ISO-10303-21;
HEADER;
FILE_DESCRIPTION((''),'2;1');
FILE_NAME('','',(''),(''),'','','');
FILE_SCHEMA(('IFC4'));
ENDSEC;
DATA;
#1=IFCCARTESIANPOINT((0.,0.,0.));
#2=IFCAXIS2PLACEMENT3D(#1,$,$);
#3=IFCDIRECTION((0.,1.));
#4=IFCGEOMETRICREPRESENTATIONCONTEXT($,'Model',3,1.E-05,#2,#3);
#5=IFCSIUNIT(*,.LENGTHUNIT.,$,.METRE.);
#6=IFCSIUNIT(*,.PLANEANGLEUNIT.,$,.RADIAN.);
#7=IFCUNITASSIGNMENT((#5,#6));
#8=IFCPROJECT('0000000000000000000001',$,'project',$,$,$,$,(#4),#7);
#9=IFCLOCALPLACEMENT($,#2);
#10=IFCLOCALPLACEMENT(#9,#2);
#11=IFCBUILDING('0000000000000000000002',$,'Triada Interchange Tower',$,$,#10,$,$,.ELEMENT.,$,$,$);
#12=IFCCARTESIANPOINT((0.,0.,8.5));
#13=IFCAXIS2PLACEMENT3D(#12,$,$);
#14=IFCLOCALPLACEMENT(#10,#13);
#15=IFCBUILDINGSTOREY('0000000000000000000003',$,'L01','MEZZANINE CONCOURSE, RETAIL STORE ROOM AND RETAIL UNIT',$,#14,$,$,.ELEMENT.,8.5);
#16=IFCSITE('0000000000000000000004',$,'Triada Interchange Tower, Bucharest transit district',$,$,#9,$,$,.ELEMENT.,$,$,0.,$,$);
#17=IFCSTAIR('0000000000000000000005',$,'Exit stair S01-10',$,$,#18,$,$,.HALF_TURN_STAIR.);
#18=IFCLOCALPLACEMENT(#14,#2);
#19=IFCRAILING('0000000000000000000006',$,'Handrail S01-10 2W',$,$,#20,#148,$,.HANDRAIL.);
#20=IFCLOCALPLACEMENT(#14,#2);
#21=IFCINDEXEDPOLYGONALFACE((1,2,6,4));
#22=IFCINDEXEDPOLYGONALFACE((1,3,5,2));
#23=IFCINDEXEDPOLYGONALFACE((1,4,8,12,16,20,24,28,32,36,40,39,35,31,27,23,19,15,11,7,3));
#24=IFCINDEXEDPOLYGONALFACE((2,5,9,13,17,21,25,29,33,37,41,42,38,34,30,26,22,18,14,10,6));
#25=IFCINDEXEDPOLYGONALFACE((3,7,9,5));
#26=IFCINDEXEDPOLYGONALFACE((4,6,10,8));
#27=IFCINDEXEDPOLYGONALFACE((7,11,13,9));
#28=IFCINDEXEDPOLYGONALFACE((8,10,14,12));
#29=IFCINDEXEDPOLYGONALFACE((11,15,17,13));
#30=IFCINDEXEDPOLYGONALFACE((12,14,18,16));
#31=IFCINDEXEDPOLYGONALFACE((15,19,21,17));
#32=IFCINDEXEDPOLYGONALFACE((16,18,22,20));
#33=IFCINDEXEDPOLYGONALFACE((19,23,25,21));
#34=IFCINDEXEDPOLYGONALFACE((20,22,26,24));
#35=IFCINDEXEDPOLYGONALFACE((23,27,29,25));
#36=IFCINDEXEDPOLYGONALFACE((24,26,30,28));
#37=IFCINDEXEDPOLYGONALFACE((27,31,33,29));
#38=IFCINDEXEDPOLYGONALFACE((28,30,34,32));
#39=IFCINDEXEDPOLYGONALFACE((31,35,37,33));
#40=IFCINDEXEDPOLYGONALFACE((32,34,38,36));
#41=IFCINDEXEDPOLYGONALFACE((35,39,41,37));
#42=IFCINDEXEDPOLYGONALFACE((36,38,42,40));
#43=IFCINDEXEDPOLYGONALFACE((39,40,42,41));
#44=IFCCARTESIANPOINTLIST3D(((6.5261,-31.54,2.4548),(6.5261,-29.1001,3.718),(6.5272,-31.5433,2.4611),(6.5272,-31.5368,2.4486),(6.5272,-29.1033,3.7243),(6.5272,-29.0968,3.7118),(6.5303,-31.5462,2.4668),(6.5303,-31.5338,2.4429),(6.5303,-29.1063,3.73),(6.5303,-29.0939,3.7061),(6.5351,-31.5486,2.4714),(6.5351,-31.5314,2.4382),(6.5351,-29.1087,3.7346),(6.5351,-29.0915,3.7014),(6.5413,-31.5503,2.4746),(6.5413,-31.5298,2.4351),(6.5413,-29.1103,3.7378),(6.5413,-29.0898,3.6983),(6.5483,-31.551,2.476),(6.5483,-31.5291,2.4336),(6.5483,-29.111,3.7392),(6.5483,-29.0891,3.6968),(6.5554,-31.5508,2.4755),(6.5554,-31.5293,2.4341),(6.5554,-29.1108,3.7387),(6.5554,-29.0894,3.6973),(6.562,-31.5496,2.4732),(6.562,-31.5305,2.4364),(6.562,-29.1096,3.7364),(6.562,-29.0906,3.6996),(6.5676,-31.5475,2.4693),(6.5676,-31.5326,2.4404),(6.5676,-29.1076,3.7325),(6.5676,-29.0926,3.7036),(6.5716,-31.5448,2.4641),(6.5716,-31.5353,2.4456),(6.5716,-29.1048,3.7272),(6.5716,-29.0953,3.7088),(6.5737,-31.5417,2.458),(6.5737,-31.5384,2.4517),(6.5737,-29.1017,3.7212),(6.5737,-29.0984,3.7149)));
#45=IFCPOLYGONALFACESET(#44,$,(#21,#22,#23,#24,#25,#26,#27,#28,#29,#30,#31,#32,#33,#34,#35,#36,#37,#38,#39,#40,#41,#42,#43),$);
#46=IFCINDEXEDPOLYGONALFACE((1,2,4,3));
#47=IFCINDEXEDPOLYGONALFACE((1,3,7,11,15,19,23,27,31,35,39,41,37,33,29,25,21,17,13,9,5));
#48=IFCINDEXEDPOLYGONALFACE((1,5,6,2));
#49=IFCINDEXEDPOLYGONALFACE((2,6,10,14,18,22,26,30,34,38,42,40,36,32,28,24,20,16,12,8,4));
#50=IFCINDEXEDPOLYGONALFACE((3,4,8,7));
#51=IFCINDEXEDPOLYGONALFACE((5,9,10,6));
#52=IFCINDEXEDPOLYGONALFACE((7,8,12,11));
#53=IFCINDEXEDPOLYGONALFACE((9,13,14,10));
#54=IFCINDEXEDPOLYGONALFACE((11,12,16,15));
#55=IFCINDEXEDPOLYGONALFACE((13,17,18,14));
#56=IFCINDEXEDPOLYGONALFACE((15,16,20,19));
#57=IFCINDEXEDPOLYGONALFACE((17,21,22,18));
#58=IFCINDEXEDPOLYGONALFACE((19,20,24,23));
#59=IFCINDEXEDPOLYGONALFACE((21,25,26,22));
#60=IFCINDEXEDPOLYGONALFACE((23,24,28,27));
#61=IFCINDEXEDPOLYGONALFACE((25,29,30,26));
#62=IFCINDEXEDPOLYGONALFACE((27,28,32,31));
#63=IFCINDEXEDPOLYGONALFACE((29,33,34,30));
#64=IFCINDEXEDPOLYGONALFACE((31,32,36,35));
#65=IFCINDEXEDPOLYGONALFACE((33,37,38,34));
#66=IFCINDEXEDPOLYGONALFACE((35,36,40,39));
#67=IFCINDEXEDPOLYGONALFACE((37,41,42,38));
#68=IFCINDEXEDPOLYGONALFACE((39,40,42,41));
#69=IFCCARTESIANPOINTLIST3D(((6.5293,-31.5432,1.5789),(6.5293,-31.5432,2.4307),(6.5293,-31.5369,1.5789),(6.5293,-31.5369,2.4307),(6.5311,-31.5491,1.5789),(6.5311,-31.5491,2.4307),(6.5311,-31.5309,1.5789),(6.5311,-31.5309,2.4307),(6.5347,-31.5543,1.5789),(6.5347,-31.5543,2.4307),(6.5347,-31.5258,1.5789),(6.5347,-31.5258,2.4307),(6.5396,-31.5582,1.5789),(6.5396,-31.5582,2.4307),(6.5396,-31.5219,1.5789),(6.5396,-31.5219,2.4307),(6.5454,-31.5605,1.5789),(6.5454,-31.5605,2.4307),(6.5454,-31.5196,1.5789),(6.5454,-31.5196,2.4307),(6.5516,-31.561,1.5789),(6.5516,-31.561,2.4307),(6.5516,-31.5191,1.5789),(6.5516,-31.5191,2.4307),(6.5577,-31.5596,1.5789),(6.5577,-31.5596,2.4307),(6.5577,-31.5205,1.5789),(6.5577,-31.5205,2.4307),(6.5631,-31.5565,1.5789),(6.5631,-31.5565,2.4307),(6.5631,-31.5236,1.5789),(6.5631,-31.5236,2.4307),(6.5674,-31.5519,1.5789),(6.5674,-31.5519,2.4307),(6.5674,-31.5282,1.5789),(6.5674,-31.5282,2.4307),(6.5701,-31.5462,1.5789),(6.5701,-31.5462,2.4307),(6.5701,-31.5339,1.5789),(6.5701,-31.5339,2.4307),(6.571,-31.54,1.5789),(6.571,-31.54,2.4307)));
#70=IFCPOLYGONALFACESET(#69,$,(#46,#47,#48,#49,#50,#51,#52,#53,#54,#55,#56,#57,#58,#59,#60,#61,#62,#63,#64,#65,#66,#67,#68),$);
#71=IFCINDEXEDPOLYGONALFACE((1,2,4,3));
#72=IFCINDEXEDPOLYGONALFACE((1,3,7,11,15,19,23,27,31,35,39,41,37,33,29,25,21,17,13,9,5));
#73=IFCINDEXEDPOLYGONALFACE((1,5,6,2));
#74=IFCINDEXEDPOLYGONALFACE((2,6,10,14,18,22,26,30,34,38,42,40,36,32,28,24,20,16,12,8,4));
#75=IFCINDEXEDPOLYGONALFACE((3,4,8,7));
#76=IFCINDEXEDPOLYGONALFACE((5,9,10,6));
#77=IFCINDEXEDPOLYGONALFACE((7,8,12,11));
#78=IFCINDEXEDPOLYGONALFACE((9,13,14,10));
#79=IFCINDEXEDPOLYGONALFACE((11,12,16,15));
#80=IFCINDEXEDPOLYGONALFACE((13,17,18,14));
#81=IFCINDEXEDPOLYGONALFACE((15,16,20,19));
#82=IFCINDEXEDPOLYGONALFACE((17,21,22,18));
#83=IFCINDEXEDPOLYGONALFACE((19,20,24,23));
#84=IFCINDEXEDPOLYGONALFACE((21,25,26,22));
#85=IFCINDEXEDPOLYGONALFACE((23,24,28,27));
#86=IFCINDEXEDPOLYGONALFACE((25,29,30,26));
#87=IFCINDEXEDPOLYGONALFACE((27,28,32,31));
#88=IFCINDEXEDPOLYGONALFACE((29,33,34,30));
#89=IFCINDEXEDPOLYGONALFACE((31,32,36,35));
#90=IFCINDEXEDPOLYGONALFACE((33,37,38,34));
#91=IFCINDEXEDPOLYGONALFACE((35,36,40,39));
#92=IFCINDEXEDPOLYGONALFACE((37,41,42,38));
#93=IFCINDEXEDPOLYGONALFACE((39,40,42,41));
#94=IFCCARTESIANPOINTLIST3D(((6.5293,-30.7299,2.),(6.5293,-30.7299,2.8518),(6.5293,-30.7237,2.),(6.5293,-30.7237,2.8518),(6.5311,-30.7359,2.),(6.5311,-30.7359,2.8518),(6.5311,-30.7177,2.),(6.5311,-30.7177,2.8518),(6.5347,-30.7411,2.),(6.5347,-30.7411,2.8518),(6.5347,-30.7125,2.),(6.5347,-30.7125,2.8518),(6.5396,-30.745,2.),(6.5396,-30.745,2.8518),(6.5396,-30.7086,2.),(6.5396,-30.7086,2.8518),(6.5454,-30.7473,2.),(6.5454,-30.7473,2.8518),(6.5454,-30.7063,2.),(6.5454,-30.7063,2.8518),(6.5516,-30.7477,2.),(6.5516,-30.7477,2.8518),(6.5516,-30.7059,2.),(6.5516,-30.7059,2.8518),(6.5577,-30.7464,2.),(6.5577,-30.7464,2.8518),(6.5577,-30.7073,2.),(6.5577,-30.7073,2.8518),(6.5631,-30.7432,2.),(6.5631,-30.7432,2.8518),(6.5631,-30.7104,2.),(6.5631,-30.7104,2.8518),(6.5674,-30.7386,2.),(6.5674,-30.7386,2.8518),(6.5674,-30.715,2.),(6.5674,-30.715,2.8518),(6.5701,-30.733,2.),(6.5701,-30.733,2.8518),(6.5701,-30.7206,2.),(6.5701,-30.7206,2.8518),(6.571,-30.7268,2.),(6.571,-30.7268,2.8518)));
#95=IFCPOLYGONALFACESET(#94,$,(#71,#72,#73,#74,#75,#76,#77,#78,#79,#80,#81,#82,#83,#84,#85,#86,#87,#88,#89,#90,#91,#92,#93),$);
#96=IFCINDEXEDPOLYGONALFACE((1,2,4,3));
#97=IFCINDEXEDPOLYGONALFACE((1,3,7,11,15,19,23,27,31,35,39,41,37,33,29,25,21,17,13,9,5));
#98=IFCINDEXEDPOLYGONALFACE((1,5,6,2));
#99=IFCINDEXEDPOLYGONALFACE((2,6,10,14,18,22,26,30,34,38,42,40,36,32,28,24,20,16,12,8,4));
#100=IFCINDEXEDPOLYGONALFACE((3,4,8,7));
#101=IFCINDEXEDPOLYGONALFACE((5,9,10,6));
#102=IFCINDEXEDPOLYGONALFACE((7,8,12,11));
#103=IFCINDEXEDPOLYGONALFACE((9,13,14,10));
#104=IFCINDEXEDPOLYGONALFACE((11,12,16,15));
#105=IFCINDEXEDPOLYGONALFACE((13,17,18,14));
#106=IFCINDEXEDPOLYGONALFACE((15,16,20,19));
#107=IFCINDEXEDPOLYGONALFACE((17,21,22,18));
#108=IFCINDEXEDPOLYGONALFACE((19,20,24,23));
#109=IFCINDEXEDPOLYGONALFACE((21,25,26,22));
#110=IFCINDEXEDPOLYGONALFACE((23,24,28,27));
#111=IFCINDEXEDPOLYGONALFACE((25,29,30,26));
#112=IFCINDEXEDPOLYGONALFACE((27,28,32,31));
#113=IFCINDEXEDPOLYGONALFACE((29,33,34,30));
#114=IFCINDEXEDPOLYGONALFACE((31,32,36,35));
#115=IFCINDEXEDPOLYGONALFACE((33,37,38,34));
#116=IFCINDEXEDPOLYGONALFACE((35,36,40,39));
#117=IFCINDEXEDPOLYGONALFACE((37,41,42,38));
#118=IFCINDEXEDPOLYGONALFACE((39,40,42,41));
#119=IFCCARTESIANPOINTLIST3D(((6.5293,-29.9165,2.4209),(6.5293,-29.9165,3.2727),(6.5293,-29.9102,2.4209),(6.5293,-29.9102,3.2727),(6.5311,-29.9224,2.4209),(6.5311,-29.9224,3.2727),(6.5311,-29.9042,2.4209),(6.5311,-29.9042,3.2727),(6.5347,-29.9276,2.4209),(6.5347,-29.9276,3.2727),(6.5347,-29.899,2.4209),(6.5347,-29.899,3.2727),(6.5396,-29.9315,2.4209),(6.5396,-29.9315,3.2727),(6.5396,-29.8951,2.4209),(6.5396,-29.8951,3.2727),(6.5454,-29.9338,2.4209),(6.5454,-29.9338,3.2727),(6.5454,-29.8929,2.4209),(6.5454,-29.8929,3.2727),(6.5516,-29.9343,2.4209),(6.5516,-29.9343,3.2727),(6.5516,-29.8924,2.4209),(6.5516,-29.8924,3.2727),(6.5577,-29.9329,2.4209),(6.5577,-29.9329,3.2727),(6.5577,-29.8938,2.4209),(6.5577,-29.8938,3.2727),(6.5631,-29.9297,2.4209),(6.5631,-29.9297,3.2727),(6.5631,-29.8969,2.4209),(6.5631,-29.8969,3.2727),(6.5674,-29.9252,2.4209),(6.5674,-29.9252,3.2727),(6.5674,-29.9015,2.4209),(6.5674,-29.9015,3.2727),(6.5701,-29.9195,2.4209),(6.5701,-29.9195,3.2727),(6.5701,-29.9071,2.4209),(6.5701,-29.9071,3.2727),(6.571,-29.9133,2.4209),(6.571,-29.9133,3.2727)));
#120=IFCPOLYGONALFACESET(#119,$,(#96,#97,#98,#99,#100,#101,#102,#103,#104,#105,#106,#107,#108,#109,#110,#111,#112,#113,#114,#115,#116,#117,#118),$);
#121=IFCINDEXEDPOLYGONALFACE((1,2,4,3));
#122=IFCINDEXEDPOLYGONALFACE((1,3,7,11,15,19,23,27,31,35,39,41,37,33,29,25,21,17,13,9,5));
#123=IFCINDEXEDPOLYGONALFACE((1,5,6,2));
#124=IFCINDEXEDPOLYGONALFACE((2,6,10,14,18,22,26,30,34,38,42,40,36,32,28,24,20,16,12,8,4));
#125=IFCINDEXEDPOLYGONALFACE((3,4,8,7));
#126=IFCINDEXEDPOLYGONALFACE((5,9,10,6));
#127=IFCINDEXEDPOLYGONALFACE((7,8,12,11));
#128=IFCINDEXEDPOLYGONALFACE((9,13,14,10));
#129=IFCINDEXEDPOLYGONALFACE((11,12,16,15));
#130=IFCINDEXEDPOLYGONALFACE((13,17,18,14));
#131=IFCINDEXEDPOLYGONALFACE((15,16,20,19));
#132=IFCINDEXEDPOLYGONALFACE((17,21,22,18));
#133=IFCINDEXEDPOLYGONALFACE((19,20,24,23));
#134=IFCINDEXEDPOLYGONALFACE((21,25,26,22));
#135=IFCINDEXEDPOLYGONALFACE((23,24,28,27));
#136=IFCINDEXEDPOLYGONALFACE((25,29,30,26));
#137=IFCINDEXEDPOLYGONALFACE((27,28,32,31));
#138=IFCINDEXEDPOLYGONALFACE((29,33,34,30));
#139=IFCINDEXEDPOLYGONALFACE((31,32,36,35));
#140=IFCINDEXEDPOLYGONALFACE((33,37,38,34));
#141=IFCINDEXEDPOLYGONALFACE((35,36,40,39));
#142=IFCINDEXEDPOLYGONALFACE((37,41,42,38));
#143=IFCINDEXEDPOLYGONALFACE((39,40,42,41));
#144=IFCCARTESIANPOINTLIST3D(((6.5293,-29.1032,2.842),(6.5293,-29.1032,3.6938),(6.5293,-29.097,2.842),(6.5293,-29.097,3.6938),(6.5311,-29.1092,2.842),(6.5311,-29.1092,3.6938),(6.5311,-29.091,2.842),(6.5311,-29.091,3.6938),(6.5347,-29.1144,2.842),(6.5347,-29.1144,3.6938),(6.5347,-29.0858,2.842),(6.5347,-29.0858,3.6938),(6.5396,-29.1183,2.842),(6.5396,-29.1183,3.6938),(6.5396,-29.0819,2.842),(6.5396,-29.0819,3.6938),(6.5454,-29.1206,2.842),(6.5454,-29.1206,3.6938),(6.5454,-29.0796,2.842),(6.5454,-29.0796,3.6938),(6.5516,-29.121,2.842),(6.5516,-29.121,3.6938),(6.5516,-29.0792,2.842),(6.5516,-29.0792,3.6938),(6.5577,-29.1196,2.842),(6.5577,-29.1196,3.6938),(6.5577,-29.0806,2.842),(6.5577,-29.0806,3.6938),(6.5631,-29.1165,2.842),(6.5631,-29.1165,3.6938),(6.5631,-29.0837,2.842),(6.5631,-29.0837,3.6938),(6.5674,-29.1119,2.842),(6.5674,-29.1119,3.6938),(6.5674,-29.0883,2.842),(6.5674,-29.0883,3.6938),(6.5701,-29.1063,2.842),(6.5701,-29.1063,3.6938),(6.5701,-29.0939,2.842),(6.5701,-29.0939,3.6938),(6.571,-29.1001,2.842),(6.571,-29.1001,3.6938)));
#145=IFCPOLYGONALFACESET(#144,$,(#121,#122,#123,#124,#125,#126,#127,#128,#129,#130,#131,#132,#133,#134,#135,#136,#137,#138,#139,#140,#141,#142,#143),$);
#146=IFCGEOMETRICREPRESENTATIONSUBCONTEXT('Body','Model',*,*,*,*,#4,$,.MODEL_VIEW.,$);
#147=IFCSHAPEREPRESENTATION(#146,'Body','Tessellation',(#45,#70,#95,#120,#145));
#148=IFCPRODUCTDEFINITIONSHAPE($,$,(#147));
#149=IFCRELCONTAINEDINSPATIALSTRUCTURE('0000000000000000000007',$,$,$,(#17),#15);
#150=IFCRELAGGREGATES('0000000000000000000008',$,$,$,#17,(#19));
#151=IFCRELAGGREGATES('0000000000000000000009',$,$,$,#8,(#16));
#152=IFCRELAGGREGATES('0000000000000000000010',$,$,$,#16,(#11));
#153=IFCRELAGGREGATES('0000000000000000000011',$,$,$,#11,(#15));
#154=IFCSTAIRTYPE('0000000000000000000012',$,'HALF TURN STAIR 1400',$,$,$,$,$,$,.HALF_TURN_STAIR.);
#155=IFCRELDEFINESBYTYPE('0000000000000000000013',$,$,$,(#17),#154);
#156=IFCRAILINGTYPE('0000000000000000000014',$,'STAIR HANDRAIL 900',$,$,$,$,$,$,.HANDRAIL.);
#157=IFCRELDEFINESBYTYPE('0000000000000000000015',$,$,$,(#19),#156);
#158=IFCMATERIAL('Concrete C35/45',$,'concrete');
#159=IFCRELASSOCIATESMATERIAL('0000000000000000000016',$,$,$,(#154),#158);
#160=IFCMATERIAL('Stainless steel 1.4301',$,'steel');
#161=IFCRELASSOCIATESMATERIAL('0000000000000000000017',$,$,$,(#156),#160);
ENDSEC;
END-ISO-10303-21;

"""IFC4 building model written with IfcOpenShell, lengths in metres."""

from ifc_helpers import new_model, si_unit, direction, frame, origin, origin_2d, place, context, subcontext, project, spatial, circle, extrude, material, type_object, element, aggregate, save


model = new_model("IFC4")

# Units and contexts
model_context = context("Model", 3, precision=1e-05, world=origin(), true_north=direction((0.0, 1.0)))
body_context = subcontext(model_context, "Body", "Model", "MODEL_VIEW")
ifc_project = project(units=[si_unit("LENGTHUNIT", "METRE"), si_unit("PLANEANGLEUNIT", "RADIAN")], contexts=[model_context])

# Site, building, storey
site_placement = place(None, origin())
site = spatial("IfcSite", under=ifc_project, at=site_placement, Name="Triada Interchange Tower, Bucharest transit district", CompositionType="ELEMENT", RefElevation=0.0)
building_placement = place(site_placement, origin())
building = spatial("IfcBuilding", under=site, at=building_placement, Name="Triada Interchange Tower", CompositionType="ELEMENT")
storey_placement = place(building_placement, frame((0.0, 0.0, 8.5)))
storey = spatial("IfcBuildingStorey", under=building, at=storey_placement, Name="L01", Description="MEZZANINE CONCOURSE, RETAIL STORE ROOM AND RETAIL UNIT", CompositionType="ELEMENT", Elevation=8.5)

# Shared definitions
ifc_material_1 = material(Name="Concrete C35/45", Category="concrete")

# Stair
stair_type = type_object("IfcStairType", Name="HALF TURN STAIR 1400", PredefinedType="HALF_TURN_STAIR", material=ifc_material_1)
stair_1_placement = place(storey_placement, origin())
stair_1 = element("IfcStair", 1, at=stair_1_placement, inside=storey, type_object=stair_type, Name="Exit stair S01-10", PredefinedType="HALF_TURN_STAIR")

# Shared definitions
ifc_material_2 = material(Name="Stainless steel 1.4301", Category="steel")

# Railing
railing_type_1 = type_object("IfcRailingType", Name="STAIR HANDRAIL 900", PredefinedType="HANDRAIL", material=ifc_material_2)
railing_1_placement = place(storey_placement, frame((6.55, -31.54, 1.5789)))
railing_1 = element("IfcRailing", 2, at=railing_1_placement, type_object=railing_type_1, Name="Handrail S01-10 2W", PredefinedType="HANDRAIL", context=body_context, shape_type="SweptSolid", body=[
    extrude(circle(Radius=0.0239, at=origin_2d()), frame((0.0, 0.0, 0.876), z_axis=(0.0, 0.888048, 0.459752), x_axis=(-1.0, 0.0, 0.0)), (0.0, 0.0, 1.0), 2.7476),
    extrude(circle(Radius=0.021, at=origin_2d()), origin(), (0.0, 0.0, 1.0), 0.8518),
    extrude(circle(Radius=0.021, at=origin_2d()), frame((0.0, 0.8132, 0.4211)), (0.0, 0.0, 1.0), 0.8518),
    extrude(circle(Radius=0.021, at=origin_2d()), frame((0.0, 1.6267, 0.842)), (0.0, 0.0, 1.0), 0.8518),
    extrude(circle(Radius=0.021, at=origin_2d()), frame((0.0, 2.4399, 1.2632)), (0.0, 0.0, 1.0), 0.8518),
])
aggregate(stair_1, [railing_1])

save(model, "model.ifc")
